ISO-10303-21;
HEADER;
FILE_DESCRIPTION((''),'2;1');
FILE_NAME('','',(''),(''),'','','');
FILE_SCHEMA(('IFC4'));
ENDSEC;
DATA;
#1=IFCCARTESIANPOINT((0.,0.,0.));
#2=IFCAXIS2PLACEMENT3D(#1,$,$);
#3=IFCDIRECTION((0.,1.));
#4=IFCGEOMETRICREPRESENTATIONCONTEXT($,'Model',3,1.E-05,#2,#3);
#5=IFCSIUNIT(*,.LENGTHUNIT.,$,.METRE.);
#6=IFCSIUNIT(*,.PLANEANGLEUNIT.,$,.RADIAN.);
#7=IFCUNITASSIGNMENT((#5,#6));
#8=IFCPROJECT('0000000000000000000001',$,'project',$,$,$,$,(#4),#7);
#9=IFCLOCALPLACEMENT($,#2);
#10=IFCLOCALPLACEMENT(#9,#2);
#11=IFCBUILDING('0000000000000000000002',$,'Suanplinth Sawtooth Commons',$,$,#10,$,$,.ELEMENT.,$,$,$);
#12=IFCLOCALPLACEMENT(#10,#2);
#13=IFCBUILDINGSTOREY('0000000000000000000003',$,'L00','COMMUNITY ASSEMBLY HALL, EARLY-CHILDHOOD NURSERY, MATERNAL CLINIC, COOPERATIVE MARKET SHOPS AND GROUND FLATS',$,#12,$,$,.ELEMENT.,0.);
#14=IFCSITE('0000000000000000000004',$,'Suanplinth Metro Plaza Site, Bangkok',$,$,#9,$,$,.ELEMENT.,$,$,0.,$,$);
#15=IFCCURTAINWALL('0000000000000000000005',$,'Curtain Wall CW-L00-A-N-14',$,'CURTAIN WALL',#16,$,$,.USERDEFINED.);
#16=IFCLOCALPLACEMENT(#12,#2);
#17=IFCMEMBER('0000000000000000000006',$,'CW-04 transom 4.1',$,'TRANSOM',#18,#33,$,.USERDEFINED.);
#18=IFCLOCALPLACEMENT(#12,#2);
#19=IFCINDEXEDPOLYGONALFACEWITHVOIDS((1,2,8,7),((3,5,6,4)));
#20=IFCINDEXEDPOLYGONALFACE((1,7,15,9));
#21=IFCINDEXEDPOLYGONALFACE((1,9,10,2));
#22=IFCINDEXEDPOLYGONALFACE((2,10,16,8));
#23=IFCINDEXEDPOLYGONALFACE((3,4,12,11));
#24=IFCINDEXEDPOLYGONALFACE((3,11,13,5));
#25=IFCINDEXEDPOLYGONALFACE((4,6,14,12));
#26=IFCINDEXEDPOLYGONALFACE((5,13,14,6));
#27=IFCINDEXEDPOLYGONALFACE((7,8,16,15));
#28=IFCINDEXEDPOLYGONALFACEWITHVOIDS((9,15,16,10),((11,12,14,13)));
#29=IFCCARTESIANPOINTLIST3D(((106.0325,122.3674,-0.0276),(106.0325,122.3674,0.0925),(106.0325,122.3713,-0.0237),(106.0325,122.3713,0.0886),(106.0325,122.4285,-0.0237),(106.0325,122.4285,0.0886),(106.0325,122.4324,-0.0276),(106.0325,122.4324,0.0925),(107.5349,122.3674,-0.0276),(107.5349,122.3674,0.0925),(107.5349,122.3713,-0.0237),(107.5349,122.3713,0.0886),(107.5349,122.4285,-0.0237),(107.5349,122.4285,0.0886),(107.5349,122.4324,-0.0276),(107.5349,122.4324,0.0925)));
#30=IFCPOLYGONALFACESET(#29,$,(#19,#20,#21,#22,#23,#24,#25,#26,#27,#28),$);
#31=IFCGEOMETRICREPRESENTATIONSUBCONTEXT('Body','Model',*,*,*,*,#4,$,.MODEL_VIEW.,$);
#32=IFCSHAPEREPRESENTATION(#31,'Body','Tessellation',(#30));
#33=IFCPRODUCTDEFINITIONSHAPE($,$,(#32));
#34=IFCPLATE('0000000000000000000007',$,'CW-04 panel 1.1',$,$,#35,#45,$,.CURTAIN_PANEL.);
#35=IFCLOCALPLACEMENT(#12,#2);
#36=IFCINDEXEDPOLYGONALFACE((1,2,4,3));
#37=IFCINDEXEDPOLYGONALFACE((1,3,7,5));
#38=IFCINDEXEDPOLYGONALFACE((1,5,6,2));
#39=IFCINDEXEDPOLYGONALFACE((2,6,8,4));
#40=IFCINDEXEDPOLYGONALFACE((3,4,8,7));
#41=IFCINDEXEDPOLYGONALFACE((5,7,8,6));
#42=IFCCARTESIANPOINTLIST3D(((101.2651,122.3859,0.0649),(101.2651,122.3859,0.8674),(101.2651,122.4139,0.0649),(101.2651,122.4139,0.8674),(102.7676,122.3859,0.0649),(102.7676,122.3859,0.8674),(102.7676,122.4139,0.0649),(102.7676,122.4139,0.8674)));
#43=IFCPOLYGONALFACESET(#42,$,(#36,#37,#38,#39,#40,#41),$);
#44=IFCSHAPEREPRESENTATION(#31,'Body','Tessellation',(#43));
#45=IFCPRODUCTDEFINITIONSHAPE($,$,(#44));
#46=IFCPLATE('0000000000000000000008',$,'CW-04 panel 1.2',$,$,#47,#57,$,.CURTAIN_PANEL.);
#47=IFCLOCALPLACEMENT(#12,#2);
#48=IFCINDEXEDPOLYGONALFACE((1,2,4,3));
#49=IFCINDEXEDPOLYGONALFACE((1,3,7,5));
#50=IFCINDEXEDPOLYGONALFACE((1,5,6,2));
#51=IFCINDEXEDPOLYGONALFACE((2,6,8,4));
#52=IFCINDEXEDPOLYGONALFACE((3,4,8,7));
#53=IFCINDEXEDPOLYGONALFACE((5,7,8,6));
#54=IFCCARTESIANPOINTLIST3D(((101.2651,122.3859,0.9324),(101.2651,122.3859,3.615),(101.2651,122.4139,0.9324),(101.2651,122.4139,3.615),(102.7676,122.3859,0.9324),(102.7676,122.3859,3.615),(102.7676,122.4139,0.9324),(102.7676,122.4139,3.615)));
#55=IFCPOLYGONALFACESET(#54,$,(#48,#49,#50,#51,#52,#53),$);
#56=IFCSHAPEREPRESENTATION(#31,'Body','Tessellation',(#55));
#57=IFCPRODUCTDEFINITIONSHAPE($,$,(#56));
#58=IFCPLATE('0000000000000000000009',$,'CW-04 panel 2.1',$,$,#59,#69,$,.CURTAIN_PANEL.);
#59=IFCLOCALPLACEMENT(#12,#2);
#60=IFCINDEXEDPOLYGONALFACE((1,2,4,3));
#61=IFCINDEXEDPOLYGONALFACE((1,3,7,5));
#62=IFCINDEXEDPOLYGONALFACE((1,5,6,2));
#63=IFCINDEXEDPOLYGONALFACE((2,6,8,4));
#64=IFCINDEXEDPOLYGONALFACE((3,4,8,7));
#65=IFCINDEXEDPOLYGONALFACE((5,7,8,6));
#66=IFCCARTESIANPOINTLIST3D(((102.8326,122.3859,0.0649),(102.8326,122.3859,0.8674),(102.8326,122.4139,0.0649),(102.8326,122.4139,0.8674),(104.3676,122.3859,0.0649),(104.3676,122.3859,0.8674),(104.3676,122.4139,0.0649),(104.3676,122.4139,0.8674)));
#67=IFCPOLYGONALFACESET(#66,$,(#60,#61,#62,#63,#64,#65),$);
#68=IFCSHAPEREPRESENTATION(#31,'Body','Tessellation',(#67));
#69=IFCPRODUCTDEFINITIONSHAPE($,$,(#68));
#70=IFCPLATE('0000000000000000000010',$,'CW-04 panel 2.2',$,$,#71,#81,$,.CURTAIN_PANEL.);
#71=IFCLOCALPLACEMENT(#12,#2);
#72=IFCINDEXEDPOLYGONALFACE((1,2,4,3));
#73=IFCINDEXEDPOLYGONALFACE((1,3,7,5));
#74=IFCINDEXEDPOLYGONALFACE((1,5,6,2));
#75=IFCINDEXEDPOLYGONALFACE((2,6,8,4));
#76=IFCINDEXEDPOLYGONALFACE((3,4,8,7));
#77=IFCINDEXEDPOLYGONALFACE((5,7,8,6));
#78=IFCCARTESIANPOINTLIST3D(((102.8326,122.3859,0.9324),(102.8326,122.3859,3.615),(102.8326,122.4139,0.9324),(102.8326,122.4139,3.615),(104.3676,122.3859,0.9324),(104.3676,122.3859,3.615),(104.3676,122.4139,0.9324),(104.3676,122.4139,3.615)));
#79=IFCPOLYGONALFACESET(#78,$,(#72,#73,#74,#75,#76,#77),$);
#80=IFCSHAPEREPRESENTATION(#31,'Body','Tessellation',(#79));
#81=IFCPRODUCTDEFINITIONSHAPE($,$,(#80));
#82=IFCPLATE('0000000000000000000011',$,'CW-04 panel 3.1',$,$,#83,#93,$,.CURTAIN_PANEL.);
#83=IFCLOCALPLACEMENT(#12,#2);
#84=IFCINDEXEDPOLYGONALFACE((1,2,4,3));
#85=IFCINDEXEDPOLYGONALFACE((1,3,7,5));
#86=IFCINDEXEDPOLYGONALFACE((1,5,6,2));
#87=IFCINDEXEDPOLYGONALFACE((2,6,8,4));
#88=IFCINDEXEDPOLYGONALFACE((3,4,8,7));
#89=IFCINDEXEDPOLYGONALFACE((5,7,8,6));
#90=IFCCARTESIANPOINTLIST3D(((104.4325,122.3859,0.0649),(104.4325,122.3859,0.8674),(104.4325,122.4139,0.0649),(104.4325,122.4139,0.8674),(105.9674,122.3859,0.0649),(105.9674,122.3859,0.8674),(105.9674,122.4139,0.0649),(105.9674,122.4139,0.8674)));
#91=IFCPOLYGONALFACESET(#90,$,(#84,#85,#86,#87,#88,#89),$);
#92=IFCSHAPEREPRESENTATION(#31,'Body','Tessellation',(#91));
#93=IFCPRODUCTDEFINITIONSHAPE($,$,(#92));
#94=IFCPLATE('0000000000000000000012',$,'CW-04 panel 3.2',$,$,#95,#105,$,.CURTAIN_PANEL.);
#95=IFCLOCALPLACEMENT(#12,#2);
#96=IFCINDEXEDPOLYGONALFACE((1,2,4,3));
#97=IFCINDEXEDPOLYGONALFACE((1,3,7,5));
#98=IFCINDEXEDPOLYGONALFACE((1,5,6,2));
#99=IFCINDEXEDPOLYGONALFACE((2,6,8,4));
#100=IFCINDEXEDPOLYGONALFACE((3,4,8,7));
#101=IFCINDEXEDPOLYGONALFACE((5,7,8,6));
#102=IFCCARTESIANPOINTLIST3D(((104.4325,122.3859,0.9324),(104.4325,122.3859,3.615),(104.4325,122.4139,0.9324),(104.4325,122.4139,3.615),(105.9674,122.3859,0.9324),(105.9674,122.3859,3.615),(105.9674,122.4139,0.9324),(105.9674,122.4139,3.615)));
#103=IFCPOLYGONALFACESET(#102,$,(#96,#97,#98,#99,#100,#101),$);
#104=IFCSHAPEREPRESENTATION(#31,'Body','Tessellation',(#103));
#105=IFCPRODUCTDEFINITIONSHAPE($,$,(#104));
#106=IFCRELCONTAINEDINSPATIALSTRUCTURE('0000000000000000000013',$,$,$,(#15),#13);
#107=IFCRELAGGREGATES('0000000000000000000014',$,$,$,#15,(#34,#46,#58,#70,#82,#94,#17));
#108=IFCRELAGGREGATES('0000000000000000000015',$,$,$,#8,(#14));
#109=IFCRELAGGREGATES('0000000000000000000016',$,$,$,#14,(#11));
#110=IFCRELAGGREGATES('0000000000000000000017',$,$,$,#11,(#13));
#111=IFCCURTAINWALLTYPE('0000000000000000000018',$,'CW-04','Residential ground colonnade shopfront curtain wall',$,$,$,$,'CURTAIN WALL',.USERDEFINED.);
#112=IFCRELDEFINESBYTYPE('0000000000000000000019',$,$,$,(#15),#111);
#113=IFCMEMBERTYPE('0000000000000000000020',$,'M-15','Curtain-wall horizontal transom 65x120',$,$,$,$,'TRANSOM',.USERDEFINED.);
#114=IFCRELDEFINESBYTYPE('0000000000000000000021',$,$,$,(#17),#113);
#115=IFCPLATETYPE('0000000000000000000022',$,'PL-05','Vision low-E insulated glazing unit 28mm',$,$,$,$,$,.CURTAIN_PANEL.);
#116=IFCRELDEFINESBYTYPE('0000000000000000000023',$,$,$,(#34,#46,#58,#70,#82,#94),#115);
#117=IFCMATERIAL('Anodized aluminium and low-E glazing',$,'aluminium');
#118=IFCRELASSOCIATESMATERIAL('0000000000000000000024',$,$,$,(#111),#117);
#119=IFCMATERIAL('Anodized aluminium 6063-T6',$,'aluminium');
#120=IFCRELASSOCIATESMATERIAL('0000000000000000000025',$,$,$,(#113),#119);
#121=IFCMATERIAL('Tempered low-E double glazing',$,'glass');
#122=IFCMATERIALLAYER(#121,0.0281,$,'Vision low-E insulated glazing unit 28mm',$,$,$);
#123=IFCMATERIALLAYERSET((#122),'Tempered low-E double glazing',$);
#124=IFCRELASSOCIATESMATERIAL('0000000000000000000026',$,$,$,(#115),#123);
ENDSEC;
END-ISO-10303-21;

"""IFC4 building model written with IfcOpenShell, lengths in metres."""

from ifc_helpers import new_model, si_unit, direction, frame, origin, origin_2d, place, context, subcontext, project, spatial, rectangle, hollow_rectangle, extrude, material, layer, layer_set, material_profile, profile_set, type_object, element, aggregate, save


model = new_model("IFC4")

# Units and contexts
model_context = context("Model", 3, precision=1e-05, world=origin(), true_north=direction((0.0, 1.0)))
body_context = subcontext(model_context, "Body", "Model", "MODEL_VIEW")
ifc_project = project(units=[si_unit("LENGTHUNIT", "METRE"), si_unit("PLANEANGLEUNIT", "RADIAN")], contexts=[model_context])

# Site, building, storey
site_placement = place(None, origin())
site = spatial("IfcSite", under=ifc_project, at=site_placement, Name="Suanplinth Metro Plaza Site, Bangkok", CompositionType="ELEMENT", RefElevation=0.0)
building_placement = place(site_placement, origin())
building = spatial("IfcBuilding", under=site, at=building_placement, Name="Suanplinth Sawtooth Commons", CompositionType="ELEMENT")
storey_placement = place(building_placement, origin())
storey = spatial("IfcBuildingStorey", under=building, at=storey_placement, Name="L00", Description="COMMUNITY ASSEMBLY HALL, EARLY-CHILDHOOD NURSERY, MATERNAL CLINIC, COOPERATIVE MARKET SHOPS AND GROUND FLATS", CompositionType="ELEMENT", Elevation=0.0)

# Curtain wall, member, plates
ifc_material_1 = material(Name="Anodized aluminium and low-E glazing", Category="aluminium")
curtain_wall_type = type_object("IfcCurtainWallType", Name="CW-04", Description="Residential ground colonnade shopfront curtain wall", ElementType="CURTAIN WALL", PredefinedType="USERDEFINED", material=ifc_material_1)
curtain_wall_placement = place(storey_placement, origin())
curtain_wall = element("IfcCurtainWall", 1, at=curtain_wall_placement, inside=storey, type_object=curtain_wall_type, Name="Curtain Wall CW-L00-A-N-14", ObjectType="CURTAIN WALL", PredefinedType="USERDEFINED")
ifc_material_2 = material(Name="Anodized aluminium 6063-T6", Category="aluminium")
ifc_material_profile_1 = material_profile(ifc_material_2, hollow_rectangle(XDim=0.0649, YDim=0.1201, WallThickness=0.0039, at=origin_2d()), Name="ALU-TRN 65x120")
ifc_profile_set_1 = profile_set([ifc_material_profile_1], Name="Anodized aluminium 6063-T6")
member_type_1 = type_object("IfcMemberType", Name="M-15", Description="Curtain-wall horizontal transom 65x120", ElementType="TRANSOM", PredefinedType="USERDEFINED", material=ifc_profile_set_1)
member_1_placement = place(storey_placement, frame((106.0325, 122.3999, 0.0325), z_axis=(1.0, 0.0, 0.0), x_axis=(0.0, 1.0, 0.0)))
member_1 = element("IfcMember", 2, at=member_1_placement, type_object=member_type_1, Name="CW-04 transom 4.1", ObjectType="TRANSOM", PredefinedType="USERDEFINED", context=body_context, shape_type="SweptSolid", body=[
    extrude(hollow_rectangle(XDim=0.0649, YDim=0.1201, WallThickness=0.0039, at=origin_2d()), origin(), (0.0, 0.0, 1.0), 1.5024),
])
ifc_material_3 = material(Name="Tempered low-E double glazing", Category="glass")
ifc_layer = layer(ifc_material_3, 0.0281, Name="Vision low-E insulated glazing unit 28mm")
ifc_layer_set = layer_set([ifc_layer], Name="Tempered low-E double glazing")
plate_type = type_object("IfcPlateType", Name="PL-05", Description="Vision low-E insulated glazing unit 28mm", PredefinedType="CURTAIN_PANEL", material=ifc_layer_set)
plate_1_placement = place(storey_placement, frame((102.0164, 122.3999, 0.0649), z_axis=(0.0, 0.0, 1.0), x_axis=(1.0, 0.0, 0.0)))
plate_1 = element("IfcPlate", 3, at=plate_1_placement, type_object=plate_type, Name="CW-04 panel 1.1", PredefinedType="CURTAIN_PANEL", context=body_context, shape_type="SweptSolid", body=[
    extrude(rectangle(XDim=1.5024, YDim=0.0281, at=origin_2d()), origin(), (0.0, 0.0, 1.0), 0.8025),
])
plate_2_placement = place(storey_placement, frame((102.0164, 122.3999, 0.9324), z_axis=(0.0, 0.0, 1.0), x_axis=(1.0, 0.0, 0.0)))
plate_2 = element("IfcPlate", 4, at=plate_2_placement, type_object=plate_type, Name="CW-04 panel 1.2", PredefinedType="CURTAIN_PANEL", context=body_context, shape_type="SweptSolid", body=[
    extrude(rectangle(XDim=1.5024, YDim=0.0281, at=origin_2d()), origin(), (0.0, 0.0, 1.0), 2.6826),
])
plate_3_placement = place(storey_placement, frame((103.6001, 122.3999, 0.0649), z_axis=(0.0, 0.0, 1.0), x_axis=(1.0, 0.0, 0.0)))
plate_3 = element("IfcPlate", 5, at=plate_3_placement, type_object=plate_type, Name="CW-04 panel 2.1", PredefinedType="CURTAIN_PANEL", context=body_context, shape_type="SweptSolid", body=[
    extrude(rectangle(XDim=1.5349, YDim=0.0281, at=origin_2d()), origin(), (0.0, 0.0, 1.0), 0.8025),
])
plate_4_placement = place(storey_placement, frame((103.6001, 122.3999, 0.9324), z_axis=(0.0, 0.0, 1.0), x_axis=(1.0, 0.0, 0.0)))
plate_4 = element("IfcPlate", 6, at=plate_4_placement, type_object=plate_type, Name="CW-04 panel 2.2", PredefinedType="CURTAIN_PANEL", context=body_context, shape_type="SweptSolid", body=[
    extrude(rectangle(XDim=1.5349, YDim=0.0281, at=origin_2d()), origin(), (0.0, 0.0, 1.0), 2.6826),
])
plate_5_placement = place(storey_placement, frame((105.2, 122.3999, 0.0649), z_axis=(0.0, 0.0, 1.0), x_axis=(1.0, 0.0, 0.0)))
plate_5 = element("IfcPlate", 7, at=plate_5_placement, type_object=plate_type, Name="CW-04 panel 3.1", PredefinedType="CURTAIN_PANEL", context=body_context, shape_type="SweptSolid", body=[
    extrude(rectangle(XDim=1.5349, YDim=0.0281, at=origin_2d()), origin(), (0.0, 0.0, 1.0), 0.8025),
])
plate_6_placement = place(storey_placement, frame((105.2, 122.3999, 0.9324), z_axis=(0.0, 0.0, 1.0), x_axis=(1.0, 0.0, 0.0)))
plate_6 = element("IfcPlate", 8, at=plate_6_placement, type_object=plate_type, Name="CW-04 panel 3.2", PredefinedType="CURTAIN_PANEL", context=body_context, shape_type="SweptSolid", body=[
    extrude(rectangle(XDim=1.5349, YDim=0.0281, at=origin_2d()), origin(), (0.0, 0.0, 1.0), 2.6826),
])
aggregate(curtain_wall, [plate_1, plate_2, plate_3, plate_4, plate_5, plate_6, member_1])

save(model, "model.ifc")
